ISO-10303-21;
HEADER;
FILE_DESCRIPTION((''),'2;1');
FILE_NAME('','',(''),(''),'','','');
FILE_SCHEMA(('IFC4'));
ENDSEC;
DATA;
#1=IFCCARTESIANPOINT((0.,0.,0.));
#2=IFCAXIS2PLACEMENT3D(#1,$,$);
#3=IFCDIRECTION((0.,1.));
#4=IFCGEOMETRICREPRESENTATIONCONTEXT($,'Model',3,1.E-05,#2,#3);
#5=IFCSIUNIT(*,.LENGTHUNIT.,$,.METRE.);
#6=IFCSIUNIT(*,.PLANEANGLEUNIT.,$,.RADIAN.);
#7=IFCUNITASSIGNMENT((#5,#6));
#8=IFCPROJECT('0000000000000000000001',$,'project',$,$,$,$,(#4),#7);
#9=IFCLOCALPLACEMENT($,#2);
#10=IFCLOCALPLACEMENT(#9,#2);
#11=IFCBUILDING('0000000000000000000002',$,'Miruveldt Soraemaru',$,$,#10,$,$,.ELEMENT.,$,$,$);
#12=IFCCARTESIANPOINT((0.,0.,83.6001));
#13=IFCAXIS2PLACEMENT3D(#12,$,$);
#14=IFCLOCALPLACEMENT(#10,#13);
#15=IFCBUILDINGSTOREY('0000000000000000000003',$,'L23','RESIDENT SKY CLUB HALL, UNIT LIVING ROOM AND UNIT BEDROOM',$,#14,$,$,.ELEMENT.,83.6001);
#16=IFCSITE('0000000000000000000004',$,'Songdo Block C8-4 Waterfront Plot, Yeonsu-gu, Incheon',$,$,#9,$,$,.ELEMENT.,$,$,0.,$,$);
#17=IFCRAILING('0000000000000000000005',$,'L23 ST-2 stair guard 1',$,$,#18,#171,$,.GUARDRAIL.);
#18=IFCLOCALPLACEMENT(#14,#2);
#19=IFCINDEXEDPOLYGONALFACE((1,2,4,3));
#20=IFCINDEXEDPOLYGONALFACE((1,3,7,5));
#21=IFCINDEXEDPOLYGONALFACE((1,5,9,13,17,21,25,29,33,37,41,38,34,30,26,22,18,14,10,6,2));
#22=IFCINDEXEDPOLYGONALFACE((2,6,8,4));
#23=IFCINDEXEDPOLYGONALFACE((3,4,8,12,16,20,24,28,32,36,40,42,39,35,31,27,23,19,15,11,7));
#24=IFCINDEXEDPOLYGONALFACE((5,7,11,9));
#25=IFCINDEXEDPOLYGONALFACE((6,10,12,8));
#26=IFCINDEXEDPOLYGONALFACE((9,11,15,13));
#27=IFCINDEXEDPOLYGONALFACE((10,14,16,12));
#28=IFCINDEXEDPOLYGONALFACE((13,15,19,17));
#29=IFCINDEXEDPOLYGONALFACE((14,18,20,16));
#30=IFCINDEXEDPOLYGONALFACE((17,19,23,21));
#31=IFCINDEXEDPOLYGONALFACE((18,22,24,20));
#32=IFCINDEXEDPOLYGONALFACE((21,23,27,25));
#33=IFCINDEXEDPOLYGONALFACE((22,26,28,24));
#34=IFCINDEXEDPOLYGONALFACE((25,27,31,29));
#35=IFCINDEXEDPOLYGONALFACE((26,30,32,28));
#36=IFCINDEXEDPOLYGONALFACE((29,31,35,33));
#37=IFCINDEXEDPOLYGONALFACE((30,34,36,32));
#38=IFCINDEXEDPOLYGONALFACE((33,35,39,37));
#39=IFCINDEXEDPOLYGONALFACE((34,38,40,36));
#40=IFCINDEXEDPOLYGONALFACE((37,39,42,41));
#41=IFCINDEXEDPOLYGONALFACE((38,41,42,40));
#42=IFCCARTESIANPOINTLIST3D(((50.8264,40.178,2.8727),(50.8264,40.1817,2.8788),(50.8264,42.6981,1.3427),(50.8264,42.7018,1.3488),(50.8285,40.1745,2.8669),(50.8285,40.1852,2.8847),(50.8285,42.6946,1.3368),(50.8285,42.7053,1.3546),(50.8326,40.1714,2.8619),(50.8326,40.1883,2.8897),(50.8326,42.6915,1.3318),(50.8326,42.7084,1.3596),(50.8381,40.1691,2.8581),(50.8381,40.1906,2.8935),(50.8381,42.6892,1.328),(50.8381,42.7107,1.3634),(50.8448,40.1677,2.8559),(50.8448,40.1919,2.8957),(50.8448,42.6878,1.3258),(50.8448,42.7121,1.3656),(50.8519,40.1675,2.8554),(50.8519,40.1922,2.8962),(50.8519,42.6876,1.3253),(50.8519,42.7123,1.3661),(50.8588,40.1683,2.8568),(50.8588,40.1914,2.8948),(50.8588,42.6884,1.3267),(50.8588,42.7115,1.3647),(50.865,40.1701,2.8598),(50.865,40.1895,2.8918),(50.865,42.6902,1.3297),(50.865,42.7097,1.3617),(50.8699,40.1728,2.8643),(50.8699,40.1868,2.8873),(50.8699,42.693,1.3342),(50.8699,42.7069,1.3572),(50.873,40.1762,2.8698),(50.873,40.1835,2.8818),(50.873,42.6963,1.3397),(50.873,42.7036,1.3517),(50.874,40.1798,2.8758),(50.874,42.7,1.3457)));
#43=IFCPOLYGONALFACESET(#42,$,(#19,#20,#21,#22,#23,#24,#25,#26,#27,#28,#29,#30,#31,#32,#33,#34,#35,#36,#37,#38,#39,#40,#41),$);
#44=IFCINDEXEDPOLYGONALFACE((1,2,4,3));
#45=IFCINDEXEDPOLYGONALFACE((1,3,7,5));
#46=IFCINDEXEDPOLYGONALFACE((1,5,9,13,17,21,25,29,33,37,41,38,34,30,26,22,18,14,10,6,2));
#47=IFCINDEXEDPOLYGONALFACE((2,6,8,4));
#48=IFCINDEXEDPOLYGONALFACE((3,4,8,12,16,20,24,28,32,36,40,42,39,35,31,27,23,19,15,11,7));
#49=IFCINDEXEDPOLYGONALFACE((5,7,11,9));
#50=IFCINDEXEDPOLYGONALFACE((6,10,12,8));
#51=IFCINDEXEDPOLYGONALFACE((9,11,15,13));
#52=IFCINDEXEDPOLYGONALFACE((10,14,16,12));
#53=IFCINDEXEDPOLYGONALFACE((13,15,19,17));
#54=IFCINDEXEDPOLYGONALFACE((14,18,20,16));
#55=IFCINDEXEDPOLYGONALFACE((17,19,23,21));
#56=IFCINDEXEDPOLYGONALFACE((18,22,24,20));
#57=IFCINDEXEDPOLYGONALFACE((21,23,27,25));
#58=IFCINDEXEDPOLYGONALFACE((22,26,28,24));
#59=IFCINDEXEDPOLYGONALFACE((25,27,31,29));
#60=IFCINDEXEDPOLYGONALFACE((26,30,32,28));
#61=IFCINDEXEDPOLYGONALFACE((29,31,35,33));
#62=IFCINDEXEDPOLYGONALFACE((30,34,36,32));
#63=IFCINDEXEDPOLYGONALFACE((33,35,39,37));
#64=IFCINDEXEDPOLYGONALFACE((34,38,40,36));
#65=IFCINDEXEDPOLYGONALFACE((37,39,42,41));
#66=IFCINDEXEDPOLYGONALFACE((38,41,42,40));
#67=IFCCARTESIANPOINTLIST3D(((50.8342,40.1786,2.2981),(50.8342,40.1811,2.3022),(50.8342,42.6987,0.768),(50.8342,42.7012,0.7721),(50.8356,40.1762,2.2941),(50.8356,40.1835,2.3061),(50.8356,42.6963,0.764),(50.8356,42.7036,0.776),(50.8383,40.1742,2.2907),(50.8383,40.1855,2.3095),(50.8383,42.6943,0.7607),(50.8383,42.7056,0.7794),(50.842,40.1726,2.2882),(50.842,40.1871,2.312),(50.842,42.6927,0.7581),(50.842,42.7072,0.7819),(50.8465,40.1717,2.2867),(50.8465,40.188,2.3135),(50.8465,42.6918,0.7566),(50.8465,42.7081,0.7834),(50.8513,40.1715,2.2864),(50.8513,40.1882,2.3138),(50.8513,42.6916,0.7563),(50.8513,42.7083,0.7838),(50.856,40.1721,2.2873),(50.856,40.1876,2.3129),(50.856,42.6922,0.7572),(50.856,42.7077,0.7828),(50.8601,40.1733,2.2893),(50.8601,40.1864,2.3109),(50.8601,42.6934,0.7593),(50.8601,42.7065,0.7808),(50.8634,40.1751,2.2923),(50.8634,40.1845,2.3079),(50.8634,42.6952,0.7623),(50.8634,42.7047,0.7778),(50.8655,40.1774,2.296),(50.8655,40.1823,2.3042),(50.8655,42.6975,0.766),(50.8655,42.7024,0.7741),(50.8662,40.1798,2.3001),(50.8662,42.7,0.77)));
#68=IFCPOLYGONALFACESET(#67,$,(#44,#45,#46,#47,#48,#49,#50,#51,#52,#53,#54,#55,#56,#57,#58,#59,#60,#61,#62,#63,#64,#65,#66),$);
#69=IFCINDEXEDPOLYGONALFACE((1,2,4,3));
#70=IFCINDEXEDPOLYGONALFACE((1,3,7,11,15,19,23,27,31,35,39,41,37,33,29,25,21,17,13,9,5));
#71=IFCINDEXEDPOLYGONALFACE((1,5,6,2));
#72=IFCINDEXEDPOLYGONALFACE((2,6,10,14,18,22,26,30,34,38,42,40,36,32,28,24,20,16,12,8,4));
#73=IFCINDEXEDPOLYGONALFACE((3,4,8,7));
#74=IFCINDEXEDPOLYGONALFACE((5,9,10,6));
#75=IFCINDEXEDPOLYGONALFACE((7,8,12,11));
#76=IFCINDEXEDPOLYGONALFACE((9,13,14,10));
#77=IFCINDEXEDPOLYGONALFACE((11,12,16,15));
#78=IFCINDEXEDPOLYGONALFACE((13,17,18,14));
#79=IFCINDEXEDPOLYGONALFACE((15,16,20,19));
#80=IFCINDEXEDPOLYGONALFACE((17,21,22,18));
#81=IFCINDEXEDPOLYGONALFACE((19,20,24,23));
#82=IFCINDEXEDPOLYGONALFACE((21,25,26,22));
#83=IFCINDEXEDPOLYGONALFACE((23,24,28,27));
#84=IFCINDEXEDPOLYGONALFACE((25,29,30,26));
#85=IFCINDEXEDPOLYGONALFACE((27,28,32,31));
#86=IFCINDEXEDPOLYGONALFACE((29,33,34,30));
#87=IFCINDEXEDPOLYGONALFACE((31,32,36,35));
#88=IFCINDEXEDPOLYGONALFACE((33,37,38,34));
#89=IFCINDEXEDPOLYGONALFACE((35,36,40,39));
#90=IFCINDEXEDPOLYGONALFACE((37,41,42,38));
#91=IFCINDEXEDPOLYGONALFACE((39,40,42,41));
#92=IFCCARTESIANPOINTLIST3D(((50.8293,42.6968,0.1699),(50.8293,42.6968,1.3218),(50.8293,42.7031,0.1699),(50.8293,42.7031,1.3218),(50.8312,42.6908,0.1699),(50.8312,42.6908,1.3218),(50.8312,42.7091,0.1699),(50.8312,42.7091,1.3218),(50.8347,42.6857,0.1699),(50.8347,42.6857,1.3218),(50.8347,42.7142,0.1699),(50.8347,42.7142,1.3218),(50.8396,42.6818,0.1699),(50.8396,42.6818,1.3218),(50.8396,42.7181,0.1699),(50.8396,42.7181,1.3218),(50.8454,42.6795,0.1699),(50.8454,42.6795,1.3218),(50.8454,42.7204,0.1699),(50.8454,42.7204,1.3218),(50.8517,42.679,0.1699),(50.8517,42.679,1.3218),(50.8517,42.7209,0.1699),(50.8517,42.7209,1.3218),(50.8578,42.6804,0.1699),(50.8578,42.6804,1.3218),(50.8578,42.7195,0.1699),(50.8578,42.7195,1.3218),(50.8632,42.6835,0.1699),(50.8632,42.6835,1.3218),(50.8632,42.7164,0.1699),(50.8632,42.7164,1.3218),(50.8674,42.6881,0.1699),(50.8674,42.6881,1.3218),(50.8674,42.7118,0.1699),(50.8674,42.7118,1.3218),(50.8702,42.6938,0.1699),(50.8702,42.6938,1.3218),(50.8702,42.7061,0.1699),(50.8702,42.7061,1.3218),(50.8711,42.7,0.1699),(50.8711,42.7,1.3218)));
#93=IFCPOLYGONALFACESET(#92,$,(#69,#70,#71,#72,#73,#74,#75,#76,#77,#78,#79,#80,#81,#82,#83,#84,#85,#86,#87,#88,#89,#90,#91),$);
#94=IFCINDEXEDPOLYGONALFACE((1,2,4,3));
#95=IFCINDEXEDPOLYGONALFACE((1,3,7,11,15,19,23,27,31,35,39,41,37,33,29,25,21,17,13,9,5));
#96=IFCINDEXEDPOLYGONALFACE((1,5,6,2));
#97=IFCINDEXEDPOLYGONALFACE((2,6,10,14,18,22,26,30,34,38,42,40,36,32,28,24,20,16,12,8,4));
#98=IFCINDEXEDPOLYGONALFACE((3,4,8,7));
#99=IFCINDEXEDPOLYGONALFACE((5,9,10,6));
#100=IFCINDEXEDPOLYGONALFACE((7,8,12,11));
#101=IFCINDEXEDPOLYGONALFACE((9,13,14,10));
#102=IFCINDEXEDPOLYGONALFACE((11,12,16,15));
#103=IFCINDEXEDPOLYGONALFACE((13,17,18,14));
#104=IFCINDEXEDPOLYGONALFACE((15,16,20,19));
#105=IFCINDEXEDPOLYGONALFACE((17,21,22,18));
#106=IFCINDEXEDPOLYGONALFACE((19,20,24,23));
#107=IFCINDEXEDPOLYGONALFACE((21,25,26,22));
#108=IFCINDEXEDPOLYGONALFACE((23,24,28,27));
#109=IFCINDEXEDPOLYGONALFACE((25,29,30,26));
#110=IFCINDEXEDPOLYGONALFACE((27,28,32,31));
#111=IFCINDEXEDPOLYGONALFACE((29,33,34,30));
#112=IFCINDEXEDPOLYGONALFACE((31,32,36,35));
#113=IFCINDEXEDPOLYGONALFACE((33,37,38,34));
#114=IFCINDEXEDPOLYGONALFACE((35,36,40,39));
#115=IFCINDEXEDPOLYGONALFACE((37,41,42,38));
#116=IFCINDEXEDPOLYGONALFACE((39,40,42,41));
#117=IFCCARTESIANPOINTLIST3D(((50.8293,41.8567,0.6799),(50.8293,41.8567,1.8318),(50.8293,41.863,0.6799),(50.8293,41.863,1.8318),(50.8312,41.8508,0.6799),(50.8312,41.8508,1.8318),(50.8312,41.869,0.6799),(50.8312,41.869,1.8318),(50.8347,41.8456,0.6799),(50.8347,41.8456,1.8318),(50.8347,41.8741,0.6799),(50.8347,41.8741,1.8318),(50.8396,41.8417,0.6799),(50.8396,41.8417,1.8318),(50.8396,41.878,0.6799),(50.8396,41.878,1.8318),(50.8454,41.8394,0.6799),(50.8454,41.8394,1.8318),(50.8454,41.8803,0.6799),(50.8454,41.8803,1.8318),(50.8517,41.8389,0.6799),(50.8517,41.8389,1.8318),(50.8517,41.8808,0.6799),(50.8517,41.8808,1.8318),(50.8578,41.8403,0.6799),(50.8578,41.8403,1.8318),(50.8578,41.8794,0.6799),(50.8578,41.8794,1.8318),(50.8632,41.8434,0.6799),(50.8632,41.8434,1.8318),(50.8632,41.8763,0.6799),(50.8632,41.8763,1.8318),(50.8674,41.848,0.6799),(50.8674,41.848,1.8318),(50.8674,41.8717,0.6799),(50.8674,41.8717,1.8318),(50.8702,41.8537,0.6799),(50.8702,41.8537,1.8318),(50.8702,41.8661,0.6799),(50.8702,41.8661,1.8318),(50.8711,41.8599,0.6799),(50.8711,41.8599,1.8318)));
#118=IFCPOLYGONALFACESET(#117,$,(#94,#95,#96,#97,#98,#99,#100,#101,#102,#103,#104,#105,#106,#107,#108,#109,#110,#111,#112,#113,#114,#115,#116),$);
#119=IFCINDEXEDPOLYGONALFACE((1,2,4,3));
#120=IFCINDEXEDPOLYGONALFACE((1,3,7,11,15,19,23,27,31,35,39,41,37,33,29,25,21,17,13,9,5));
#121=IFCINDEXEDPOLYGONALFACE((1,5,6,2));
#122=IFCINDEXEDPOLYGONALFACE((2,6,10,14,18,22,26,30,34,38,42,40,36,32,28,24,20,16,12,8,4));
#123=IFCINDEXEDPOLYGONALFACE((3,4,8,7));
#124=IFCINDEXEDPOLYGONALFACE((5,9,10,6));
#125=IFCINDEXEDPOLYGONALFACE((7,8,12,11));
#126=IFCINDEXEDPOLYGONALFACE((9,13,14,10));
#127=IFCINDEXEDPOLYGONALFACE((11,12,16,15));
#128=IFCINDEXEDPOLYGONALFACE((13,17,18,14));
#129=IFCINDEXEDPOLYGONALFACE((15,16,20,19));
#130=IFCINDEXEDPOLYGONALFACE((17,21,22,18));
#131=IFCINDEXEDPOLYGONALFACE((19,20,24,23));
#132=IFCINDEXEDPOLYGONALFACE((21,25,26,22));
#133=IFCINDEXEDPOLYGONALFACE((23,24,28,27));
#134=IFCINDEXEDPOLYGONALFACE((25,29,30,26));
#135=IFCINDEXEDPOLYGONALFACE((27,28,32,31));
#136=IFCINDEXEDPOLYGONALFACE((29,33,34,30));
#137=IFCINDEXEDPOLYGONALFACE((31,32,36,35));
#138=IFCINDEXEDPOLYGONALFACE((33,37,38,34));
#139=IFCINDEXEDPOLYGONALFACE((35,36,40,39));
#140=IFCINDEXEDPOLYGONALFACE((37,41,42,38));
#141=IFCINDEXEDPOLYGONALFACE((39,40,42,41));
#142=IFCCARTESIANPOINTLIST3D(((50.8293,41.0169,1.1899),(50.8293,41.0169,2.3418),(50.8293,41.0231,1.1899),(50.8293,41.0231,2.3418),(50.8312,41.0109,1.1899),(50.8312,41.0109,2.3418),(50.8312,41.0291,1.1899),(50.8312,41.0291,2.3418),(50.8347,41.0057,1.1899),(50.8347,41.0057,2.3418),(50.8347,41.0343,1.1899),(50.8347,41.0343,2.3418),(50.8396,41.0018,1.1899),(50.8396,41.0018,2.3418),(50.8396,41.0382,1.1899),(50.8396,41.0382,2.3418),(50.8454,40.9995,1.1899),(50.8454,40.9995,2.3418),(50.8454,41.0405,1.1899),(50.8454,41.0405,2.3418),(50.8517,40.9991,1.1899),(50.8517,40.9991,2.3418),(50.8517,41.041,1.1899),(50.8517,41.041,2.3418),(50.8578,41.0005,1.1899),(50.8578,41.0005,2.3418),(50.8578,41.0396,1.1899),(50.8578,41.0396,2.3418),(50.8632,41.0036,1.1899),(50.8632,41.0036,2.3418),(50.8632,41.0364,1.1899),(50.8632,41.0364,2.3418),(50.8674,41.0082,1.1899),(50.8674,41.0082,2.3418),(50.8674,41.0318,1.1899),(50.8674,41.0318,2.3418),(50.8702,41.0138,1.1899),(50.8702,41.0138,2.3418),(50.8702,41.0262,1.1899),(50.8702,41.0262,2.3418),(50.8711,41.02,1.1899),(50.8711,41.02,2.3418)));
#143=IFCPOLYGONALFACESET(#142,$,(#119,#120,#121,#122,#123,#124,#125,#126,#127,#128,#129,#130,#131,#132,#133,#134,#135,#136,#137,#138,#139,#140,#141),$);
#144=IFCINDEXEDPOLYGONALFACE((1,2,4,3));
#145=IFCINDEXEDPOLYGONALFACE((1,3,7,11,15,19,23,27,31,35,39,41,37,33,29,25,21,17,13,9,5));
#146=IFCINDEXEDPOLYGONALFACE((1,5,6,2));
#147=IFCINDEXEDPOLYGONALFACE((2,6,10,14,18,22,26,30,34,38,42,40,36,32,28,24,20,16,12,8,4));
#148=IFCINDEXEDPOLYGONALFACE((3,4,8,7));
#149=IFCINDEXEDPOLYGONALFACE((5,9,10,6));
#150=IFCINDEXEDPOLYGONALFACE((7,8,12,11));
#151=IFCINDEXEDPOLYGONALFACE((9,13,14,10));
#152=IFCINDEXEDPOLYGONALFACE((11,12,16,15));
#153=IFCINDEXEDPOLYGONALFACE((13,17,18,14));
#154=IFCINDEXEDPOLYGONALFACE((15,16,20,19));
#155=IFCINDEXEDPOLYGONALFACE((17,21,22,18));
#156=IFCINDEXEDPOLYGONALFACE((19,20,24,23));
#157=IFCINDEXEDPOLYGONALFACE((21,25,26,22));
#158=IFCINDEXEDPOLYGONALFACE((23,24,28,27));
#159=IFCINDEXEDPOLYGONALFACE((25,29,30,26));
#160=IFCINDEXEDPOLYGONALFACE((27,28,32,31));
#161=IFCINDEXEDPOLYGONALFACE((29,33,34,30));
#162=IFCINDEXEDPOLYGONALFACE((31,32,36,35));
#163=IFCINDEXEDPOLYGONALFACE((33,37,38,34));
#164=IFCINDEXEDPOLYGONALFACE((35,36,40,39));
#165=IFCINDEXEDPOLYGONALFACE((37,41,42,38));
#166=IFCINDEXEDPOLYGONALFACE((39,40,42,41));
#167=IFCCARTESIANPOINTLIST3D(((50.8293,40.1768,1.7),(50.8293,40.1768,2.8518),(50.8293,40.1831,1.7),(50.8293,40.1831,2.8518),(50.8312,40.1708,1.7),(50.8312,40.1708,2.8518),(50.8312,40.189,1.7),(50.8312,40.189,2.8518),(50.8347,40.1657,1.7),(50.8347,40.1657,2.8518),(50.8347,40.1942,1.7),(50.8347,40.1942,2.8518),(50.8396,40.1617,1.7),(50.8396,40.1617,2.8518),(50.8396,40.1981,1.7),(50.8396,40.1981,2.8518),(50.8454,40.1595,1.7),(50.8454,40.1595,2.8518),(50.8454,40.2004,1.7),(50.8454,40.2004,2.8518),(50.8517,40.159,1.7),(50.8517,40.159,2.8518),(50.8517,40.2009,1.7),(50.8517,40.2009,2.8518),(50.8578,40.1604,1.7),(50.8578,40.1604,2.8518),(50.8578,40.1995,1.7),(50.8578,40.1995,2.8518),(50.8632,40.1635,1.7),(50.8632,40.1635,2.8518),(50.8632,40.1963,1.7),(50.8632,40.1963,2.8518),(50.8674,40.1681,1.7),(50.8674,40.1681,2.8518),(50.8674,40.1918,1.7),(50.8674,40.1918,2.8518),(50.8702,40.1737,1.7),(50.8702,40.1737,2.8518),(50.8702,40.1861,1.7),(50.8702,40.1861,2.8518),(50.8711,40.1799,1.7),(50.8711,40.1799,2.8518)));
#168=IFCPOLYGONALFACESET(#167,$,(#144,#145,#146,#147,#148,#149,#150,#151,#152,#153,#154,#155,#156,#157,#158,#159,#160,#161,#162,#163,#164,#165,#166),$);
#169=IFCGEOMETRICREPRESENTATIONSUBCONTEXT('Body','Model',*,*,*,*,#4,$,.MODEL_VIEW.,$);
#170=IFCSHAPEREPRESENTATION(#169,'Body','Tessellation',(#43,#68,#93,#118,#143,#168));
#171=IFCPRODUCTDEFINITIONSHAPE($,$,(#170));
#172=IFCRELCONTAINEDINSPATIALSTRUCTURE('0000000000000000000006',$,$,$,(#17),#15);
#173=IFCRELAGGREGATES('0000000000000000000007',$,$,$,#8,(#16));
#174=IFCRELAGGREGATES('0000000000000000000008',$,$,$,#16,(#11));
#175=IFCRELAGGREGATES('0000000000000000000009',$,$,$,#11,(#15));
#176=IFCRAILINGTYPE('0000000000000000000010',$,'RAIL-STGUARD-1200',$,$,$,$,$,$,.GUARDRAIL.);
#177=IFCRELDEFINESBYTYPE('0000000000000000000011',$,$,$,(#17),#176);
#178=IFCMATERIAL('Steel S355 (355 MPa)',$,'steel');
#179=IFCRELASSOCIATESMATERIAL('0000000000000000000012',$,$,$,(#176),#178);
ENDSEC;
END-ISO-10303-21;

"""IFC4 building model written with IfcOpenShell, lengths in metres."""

from ifc_helpers import new_model, si_unit, direction, frame, origin, origin_2d, place, context, subcontext, project, spatial, circle, extrude, material, type_object, element, save


model = new_model("IFC4")

# Units and contexts
model_context = context("Model", 3, precision=1e-05, world=origin(), true_north=direction((0.0, 1.0)))
body_context = subcontext(model_context, "Body", "Model", "MODEL_VIEW")
ifc_project = project(units=[si_unit("LENGTHUNIT", "METRE"), si_unit("PLANEANGLEUNIT", "RADIAN")], contexts=[model_context])

# Site, building, storey
site_placement = place(None, origin())
site = spatial("IfcSite", under=ifc_project, at=site_placement, Name="Songdo Block C8-4 Waterfront Plot, Yeonsu-gu, Incheon", CompositionType="ELEMENT", RefElevation=0.0)
building_placement = place(site_placement, origin())
building = spatial("IfcBuilding", under=site, at=building_placement, Name="Miruveldt Soraemaru", CompositionType="ELEMENT")
storey_placement = place(building_placement, frame((0.0, 0.0, 83.6001)))
storey = spatial("IfcBuildingStorey", under=building, at=storey_placement, Name="L23", Description="RESIDENT SKY CLUB HALL, UNIT LIVING ROOM AND UNIT BEDROOM", CompositionType="ELEMENT", Elevation=83.6001)

# Railing
ifc_material_1 = material(Name="Steel S355 (355 MPa)", Category="steel")
railing_type_1 = type_object("IfcRailingType", Name="RAIL-STGUARD-1200", PredefinedType="GUARDRAIL", material=ifc_material_1)
railing_1_placement = place(storey_placement, frame((50.8501, 42.7, 0.1699)))
element("IfcRailing", 1, at=railing_1_placement, inside=storey, type_object=railing_type_1, Name="L23 ST-2 stair guard 1", PredefinedType="GUARDRAIL", context=body_context, shape_type="SweptSolid", body=[
    extrude(circle(Radius=0.0239, at=origin_2d()), frame((0.0, 0.0, 1.1758), z_axis=(0.0, -0.854785, 0.518982), x_axis=(1.0, 0.0, 0.0)), (0.0, 0.0, 1.0), 2.9482),
    extrude(circle(Radius=0.0161, at=origin_2d()), frame((0.0, 0.0, 0.6001), z_axis=(0.0, -0.854785, 0.518982), x_axis=(1.0, 0.0, 0.0)), (0.0, 0.0, 1.0), 2.9482),
    extrude(circle(Radius=0.021, at=origin_2d()), origin(), (0.0, 0.0, 1.0), 1.1519),
    extrude(circle(Radius=0.021, at=origin_2d()), frame((0.0, -0.8401, 0.51)), (0.0, 0.0, 1.0), 1.1519),
    extrude(circle(Radius=0.021, at=origin_2d()), frame((0.0, -1.6799, 1.02)), (0.0, 0.0, 1.0), 1.1519),
    extrude(circle(Radius=0.021, at=origin_2d()), frame((0.0, -2.52, 1.53)), (0.0, 0.0, 1.0), 1.1519),
])

save(model, "model.ifc")
